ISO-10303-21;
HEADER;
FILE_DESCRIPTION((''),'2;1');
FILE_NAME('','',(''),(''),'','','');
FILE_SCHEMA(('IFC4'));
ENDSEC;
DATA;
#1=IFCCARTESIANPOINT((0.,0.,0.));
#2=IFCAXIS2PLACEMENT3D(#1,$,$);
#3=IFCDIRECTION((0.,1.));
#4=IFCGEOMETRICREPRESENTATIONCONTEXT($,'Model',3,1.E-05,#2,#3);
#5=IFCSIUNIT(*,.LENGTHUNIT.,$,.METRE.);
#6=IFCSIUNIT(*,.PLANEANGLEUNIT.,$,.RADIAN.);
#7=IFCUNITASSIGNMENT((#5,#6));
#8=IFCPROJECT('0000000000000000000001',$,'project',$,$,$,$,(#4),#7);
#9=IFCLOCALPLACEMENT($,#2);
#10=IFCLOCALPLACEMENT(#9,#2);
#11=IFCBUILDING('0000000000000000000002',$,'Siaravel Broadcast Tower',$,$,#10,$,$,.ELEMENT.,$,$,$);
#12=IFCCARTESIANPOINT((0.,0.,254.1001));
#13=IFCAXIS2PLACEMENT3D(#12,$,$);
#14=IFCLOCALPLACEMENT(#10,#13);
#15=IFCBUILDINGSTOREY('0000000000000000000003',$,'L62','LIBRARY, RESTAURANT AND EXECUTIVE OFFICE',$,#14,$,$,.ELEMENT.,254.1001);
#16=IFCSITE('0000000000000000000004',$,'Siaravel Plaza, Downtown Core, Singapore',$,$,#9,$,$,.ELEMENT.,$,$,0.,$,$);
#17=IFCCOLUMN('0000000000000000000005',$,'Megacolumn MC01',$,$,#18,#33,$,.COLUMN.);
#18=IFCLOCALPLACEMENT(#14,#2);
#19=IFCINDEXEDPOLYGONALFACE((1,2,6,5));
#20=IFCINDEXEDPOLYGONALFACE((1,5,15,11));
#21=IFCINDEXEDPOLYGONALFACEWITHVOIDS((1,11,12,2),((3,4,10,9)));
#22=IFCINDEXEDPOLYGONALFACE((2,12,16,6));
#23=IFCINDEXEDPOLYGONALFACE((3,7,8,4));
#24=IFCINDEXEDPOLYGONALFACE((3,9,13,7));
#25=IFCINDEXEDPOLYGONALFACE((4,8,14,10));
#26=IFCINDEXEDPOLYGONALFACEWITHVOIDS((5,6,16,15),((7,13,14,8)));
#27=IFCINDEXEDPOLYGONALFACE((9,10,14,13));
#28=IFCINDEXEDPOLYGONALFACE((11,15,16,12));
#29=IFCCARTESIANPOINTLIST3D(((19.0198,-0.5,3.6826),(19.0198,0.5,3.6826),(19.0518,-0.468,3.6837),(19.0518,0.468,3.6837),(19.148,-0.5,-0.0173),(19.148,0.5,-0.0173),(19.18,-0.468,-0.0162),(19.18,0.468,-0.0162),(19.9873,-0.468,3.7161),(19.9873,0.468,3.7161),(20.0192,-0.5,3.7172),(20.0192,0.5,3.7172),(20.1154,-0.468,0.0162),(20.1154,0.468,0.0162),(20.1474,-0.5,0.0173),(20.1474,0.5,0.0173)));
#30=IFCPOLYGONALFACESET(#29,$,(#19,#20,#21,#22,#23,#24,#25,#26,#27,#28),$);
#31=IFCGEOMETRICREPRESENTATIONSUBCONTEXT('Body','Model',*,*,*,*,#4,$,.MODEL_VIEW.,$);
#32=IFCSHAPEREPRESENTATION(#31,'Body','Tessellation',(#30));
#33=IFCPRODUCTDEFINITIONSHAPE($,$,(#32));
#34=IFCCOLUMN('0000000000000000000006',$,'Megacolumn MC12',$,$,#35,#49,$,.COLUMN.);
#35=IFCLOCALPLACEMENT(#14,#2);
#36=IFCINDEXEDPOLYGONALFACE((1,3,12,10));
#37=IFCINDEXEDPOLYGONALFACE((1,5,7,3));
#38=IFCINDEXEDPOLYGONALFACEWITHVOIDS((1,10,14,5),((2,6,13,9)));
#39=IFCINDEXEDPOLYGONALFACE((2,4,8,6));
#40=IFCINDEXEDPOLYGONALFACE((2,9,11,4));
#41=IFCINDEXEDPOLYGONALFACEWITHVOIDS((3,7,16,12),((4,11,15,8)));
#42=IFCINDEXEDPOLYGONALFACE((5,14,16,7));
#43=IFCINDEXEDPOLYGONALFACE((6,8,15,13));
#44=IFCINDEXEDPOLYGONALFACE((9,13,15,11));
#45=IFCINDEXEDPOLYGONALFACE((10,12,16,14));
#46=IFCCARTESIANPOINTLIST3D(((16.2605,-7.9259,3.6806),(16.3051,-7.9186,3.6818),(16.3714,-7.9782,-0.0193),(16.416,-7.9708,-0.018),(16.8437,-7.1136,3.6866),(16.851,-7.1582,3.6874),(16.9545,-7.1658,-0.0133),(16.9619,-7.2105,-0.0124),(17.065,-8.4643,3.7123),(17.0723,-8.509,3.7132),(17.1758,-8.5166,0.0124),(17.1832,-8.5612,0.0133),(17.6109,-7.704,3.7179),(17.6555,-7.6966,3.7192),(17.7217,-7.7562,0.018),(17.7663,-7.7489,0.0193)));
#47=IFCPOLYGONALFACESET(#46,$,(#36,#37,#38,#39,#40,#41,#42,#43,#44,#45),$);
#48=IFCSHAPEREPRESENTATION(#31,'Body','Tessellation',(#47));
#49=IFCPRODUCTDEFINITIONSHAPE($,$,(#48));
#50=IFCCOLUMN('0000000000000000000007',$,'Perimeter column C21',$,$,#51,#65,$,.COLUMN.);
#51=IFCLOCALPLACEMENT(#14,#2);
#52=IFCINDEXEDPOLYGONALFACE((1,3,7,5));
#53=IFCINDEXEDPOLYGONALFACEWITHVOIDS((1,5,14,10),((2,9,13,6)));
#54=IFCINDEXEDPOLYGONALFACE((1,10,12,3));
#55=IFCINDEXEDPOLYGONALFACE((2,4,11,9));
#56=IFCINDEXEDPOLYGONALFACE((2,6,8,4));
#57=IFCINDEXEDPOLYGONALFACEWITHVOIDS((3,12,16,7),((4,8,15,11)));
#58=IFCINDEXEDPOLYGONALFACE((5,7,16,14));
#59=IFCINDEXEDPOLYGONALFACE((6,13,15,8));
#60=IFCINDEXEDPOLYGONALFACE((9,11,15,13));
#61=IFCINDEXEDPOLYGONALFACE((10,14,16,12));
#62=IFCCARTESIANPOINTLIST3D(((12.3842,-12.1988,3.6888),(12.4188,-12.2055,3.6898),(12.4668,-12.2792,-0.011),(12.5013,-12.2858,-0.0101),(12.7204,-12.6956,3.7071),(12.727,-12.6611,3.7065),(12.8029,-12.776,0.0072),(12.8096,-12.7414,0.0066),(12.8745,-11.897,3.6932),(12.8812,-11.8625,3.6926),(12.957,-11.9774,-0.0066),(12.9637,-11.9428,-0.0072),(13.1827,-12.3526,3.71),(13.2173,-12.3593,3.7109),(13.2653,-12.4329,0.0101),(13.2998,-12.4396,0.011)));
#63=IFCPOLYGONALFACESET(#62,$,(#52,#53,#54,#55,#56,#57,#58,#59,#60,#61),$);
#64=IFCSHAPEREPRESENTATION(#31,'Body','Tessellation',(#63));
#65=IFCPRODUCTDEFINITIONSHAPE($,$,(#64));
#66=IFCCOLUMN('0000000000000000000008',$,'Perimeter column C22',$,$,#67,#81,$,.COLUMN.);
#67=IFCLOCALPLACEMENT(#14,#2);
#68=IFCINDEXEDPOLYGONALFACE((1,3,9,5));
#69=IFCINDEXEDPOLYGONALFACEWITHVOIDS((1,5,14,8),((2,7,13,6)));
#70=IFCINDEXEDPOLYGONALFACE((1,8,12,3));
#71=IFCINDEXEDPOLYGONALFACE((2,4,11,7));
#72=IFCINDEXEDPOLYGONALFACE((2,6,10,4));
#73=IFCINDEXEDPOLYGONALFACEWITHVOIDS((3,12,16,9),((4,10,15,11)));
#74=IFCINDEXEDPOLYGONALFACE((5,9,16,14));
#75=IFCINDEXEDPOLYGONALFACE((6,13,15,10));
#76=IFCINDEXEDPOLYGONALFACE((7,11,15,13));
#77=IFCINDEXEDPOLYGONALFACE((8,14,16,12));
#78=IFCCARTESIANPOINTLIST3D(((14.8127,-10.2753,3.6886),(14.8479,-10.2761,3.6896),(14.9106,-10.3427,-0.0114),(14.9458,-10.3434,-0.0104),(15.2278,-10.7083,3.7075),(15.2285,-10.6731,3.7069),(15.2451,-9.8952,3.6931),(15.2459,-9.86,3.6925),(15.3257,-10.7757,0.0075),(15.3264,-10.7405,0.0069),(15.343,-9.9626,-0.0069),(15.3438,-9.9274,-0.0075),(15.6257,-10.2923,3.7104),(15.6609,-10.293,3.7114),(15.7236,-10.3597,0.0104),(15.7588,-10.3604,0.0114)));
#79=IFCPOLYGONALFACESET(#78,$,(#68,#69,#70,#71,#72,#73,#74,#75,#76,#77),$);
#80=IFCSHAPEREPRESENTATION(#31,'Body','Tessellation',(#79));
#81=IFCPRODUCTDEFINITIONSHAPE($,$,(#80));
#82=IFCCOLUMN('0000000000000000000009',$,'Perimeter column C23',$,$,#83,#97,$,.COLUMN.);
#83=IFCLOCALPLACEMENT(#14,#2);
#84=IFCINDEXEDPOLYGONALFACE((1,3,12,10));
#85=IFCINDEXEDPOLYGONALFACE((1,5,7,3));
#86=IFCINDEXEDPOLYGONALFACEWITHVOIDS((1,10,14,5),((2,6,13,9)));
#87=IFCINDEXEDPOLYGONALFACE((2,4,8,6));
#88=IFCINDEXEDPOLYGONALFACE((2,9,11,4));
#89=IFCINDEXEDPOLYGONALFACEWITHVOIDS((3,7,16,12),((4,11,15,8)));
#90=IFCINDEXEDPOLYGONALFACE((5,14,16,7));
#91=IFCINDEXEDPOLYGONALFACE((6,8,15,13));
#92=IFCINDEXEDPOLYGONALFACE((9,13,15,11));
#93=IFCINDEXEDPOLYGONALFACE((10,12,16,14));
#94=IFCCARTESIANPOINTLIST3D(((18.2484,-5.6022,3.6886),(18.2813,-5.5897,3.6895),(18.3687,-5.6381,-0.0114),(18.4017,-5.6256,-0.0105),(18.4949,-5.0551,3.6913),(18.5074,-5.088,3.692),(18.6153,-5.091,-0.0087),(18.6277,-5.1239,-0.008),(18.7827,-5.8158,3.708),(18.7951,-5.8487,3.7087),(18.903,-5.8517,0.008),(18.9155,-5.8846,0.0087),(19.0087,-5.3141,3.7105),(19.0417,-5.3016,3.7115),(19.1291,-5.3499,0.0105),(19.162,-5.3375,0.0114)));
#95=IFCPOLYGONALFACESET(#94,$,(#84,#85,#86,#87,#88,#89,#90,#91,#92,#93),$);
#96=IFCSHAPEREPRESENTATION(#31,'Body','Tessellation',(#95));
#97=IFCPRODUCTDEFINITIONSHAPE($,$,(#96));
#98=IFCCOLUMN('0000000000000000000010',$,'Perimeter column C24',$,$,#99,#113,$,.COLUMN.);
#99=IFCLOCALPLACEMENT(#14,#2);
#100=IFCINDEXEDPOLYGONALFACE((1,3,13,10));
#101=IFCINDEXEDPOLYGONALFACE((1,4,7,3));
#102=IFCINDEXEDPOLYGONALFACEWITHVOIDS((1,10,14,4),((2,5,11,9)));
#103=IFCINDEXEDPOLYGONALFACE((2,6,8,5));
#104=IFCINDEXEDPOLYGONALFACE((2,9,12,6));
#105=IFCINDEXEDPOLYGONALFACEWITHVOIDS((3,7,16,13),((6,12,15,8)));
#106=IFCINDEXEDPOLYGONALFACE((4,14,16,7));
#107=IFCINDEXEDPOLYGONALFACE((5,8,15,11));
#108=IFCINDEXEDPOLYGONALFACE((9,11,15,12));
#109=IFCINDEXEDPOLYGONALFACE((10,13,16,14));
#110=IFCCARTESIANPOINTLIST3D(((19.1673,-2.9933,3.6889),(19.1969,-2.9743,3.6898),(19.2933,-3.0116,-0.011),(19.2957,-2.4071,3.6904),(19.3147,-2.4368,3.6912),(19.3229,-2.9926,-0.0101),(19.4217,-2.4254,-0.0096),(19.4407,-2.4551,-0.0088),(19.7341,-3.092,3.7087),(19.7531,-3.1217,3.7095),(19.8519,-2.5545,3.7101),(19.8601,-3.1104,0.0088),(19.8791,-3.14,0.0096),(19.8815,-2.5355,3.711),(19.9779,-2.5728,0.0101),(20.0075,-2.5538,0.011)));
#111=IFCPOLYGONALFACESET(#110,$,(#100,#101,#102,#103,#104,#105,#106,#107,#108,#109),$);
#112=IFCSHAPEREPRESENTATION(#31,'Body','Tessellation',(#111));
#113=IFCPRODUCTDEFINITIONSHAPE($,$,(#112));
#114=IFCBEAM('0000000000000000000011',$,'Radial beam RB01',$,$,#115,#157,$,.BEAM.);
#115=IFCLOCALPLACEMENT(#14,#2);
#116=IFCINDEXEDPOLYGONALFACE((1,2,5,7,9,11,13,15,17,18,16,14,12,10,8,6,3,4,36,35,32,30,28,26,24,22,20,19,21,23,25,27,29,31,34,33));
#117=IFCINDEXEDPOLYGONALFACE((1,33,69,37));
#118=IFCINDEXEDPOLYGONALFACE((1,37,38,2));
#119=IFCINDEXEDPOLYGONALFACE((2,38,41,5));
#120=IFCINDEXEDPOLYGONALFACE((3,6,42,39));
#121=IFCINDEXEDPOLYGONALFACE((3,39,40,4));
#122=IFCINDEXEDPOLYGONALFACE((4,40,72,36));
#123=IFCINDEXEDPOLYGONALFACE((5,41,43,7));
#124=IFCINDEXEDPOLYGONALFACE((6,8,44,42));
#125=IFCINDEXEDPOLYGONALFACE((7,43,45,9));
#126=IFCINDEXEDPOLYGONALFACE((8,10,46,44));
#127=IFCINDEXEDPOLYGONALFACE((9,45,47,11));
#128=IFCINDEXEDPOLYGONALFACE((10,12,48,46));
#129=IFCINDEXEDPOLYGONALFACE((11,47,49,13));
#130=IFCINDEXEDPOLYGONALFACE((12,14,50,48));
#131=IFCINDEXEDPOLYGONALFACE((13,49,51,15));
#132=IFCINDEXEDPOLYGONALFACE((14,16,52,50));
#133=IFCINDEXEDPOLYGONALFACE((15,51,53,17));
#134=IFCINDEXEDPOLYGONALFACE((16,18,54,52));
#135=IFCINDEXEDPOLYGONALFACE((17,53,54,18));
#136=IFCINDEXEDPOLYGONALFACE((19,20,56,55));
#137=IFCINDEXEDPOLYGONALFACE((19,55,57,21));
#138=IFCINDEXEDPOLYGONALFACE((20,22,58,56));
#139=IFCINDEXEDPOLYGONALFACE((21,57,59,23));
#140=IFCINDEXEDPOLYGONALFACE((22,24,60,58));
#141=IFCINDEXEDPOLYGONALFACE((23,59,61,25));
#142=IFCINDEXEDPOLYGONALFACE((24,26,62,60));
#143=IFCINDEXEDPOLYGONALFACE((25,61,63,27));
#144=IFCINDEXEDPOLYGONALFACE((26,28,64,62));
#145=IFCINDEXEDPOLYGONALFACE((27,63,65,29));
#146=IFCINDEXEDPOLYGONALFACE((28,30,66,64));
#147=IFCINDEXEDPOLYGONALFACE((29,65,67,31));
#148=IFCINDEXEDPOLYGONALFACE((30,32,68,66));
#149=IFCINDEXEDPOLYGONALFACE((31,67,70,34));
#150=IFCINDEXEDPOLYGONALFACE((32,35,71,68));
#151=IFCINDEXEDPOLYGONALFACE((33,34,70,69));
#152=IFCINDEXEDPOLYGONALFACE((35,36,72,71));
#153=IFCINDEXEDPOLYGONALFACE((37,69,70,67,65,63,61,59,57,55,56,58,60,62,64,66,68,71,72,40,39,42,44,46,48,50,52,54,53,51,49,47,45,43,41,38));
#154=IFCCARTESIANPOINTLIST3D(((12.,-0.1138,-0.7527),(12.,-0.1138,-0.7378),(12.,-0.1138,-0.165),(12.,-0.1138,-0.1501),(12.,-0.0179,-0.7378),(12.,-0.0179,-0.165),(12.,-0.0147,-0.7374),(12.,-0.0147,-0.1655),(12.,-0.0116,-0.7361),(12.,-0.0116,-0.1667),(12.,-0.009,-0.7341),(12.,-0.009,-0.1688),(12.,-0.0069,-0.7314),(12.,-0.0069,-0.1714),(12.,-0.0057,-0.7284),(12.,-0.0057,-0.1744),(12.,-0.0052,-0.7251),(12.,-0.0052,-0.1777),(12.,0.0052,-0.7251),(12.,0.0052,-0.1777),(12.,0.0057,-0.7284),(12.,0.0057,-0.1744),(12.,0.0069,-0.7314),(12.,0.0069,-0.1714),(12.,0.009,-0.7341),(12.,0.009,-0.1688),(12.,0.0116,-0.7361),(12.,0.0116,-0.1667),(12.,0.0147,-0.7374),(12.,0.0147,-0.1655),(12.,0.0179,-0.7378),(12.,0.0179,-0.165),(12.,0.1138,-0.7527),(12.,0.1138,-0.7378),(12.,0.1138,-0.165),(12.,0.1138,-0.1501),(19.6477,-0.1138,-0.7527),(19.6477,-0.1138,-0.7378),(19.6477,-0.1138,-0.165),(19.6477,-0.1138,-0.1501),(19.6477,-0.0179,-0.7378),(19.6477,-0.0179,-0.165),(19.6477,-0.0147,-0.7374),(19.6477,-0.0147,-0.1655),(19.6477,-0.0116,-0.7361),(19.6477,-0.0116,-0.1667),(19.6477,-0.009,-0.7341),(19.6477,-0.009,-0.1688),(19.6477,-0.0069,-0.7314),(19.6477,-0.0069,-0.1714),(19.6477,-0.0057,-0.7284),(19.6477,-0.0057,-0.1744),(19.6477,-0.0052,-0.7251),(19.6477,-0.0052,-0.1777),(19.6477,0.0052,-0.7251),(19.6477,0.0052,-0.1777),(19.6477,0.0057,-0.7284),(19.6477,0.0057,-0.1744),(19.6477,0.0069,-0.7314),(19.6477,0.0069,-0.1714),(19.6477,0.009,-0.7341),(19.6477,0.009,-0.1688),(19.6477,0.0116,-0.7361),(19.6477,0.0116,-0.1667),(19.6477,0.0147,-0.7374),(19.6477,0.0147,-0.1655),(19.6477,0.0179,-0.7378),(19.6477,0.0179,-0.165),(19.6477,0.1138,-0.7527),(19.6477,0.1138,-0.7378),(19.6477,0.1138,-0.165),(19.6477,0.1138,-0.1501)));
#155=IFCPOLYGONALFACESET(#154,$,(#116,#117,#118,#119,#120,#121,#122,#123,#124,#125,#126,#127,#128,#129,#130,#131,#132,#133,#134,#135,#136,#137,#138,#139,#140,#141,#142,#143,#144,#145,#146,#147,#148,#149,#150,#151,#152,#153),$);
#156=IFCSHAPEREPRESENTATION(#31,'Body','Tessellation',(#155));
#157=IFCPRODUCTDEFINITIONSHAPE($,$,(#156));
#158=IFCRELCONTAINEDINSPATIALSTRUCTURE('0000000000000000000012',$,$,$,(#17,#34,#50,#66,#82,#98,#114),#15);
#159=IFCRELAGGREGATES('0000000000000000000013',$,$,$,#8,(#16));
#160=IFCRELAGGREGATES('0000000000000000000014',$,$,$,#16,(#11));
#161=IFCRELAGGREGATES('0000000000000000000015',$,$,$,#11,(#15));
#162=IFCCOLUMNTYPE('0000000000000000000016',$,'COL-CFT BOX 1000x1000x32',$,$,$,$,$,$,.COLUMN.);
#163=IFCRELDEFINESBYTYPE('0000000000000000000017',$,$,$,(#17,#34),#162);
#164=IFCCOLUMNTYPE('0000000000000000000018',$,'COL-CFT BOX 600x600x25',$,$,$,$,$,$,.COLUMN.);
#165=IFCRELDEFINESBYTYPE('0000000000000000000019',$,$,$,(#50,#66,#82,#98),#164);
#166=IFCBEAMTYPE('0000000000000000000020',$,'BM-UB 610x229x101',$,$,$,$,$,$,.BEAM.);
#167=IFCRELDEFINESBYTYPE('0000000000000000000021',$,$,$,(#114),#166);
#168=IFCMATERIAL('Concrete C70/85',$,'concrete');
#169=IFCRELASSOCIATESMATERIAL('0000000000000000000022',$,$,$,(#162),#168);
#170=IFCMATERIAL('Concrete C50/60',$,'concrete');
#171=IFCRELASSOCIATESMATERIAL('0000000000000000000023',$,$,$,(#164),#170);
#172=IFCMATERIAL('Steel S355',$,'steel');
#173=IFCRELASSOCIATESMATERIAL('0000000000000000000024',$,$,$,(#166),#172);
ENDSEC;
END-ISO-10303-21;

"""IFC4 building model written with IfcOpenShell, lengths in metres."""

from ifc_helpers import new_model, si_unit, direction, frame, origin, origin_2d, place, context, subcontext, project, spatial, hollow_rectangle, i_section, extrude, material, material_profile, profile_set, type_object, element, save


model = new_model("IFC4")

# Units and contexts
model_context = context("Model", 3, precision=1e-05, world=origin(), true_north=direction((0.0, 1.0)))
body_context = subcontext(model_context, "Body", "Model", "MODEL_VIEW")
ifc_project = project(units=[si_unit("LENGTHUNIT", "METRE"), si_unit("PLANEANGLEUNIT", "RADIAN")], contexts=[model_context])

# Site, building, storey
site_placement = place(None, origin())
site = spatial("IfcSite", under=ifc_project, at=site_placement, Name="Siaravel Plaza, Downtown Core, Singapore", CompositionType="ELEMENT", RefElevation=0.0)
building_placement = place(site_placement, origin())
building = spatial("IfcBuilding", under=site, at=building_placement, Name="Siaravel Broadcast Tower", CompositionType="ELEMENT")
storey_placement = place(building_placement, frame((0.0, 0.0, 254.1001)))
storey = spatial("IfcBuildingStorey", under=building, at=storey_placement, Name="L62", Description="LIBRARY, RESTAURANT AND EXECUTIVE OFFICE", CompositionType="ELEMENT", Elevation=254.1001)

# Columns
ifc_material_1 = material(Name="Concrete C70/85", Category="concrete")
ifc_material_profile_1 = material_profile(ifc_material_1, hollow_rectangle(XDim=1.0, YDim=1.0, WallThickness=0.032, at=origin_2d()))
ifc_profile_set_1 = profile_set([ifc_material_profile_1], Name="Concrete C70/85")
column_type_1 = type_object("IfcColumnType", Name="COL-CFT BOX 1000x1000x32", PredefinedType="COLUMN", material=ifc_profile_set_1)
column_1_placement = place(storey_placement, frame((19.6477, 0.0, 0.0), z_axis=(-0.034621, 0.0, 0.999401), x_axis=(0.0, -1.0, 0.0)))
element("IfcColumn", 1, at=column_1_placement, inside=storey, type_object=column_type_1, Name="Megacolumn MC01", PredefinedType="COLUMN", context=body_context, shape_type="SweptSolid", body=[
    extrude(hollow_rectangle(XDim=1.0, YDim=1.0, WallThickness=0.032, at=origin_2d()), origin(), (0.0, 0.0, 1.0), 3.7021),
])
column_2_placement = place(storey_placement, frame((17.0688, -7.8635, 0.0), z_axis=(-0.029941, 0.014113, 0.999452), x_axis=(-0.583176, -0.812324, -0.006)))
element("IfcColumn", 2, at=column_2_placement, inside=storey, type_object=column_type_1, Name="Megacolumn MC12", PredefinedType="COLUMN", context=body_context, shape_type="SweptSolid", body=[
    extrude(hollow_rectangle(XDim=1.0, YDim=1.0, WallThickness=0.032, at=origin_2d()), origin(), (0.0, 0.0, 1.0), 3.7019),
])
ifc_material_2 = material(Name="Concrete C50/60", Category="concrete")
ifc_material_profile_2 = material_profile(ifc_material_2, hollow_rectangle(XDim=0.6001, YDim=0.6001, WallThickness=0.0249, at=origin_2d()))
ifc_profile_set_2 = profile_set([ifc_material_profile_2], Name="Concrete C50/60")
column_type_2 = type_object("IfcColumnType", Name="COL-CFT BOX 600x600x25", PredefinedType="COLUMN", material=ifc_profile_set_2)
column_3_placement = place(storey_placement, frame((12.8833, -12.3594, 0.0), z_axis=(-0.022292, 0.021698, 0.999516), x_axis=(-0.828126, -0.560506, -0.006302)))
element("IfcColumn", 3, at=column_3_placement, inside=storey, type_object=column_type_2, Name="Perimeter column C21", PredefinedType="COLUMN", context=body_context, shape_type="SweptSolid", body=[
    extrude(hollow_rectangle(XDim=0.6001, YDim=0.6001, WallThickness=0.0249, at=origin_2d()), origin(), (0.0, 0.0, 1.0), 3.7017),
])
column_4_placement = place(storey_placement, frame((15.3347, -10.3516, 0.0), z_axis=(-0.026446, 0.018202, 0.999484), x_axis=(-0.721781, -0.692091, -0.006494)))
element("IfcColumn", 4, at=column_4_placement, inside=storey, type_object=column_type_2, Name="Perimeter column C22", PredefinedType="COLUMN", context=body_context, shape_type="SweptSolid", body=[
    extrude(hollow_rectangle(XDim=0.6001, YDim=0.6001, WallThickness=0.0249, at=origin_2d()), origin(), (0.0, 0.0, 1.0), 3.7019),
])
for number, where, z_axis, x_axis, name in (
    (5, (18.7654, -5.4878, 0.0), (-0.032512, 0.009694, 0.999424), (-0.410808, -0.911711, -0.00452), "Perimeter column C23"),
    (6, (19.6504, -2.7827, 0.0), (-0.034028, 0.004946, 0.999409), (-0.213977, -0.976836, -0.002451), "Perimeter column C24"),
):
    element("IfcColumn", number, at=place(storey_placement, frame(where, z_axis=z_axis, x_axis=x_axis)), inside=storey, type_object=column_type_2, Name=name, PredefinedType="COLUMN", context=body_context, shape_type="SweptSolid", body=[
        extrude(hollow_rectangle(XDim=0.6001, YDim=0.6001, WallThickness=0.0249, at=origin_2d()), origin(), (0.0, 0.0, 1.0), 3.7021),
    ])

# Beam
ifc_material_3 = material(Name="Steel S355", Category="steel")
ifc_material_profile_3 = material_profile(ifc_material_3, i_section(OverallWidth=0.2275, OverallDepth=0.6025, WebThickness=0.0105, FlangeThickness=0.0149, FilletRadius=0.0127, at=origin_2d()))
ifc_profile_set_3 = profile_set([ifc_material_profile_3], Name="Steel S355")
beam_type = type_object("IfcBeamType", Name="BM-UB 610x229x101", PredefinedType="BEAM", material=ifc_profile_set_3)
beam_1_placement = place(storey_placement, frame((19.6477, 0.0, -0.4514), z_axis=(-1.0, 0.0, 0.0), x_axis=(0.0, -1.0, 0.0)))
element("IfcBeam", 7, at=beam_1_placement, inside=storey, type_object=beam_type, Name="Radial beam RB01", PredefinedType="BEAM", context=body_context, shape_type="SweptSolid", body=[
    extrude(i_section(OverallWidth=0.2275, OverallDepth=0.6025, WebThickness=0.0105, FlangeThickness=0.0149, FilletRadius=0.0127, at=origin_2d()), origin(), (0.0, 0.0, 1.0), 7.6477),
])

save(model, "model.ifc")
